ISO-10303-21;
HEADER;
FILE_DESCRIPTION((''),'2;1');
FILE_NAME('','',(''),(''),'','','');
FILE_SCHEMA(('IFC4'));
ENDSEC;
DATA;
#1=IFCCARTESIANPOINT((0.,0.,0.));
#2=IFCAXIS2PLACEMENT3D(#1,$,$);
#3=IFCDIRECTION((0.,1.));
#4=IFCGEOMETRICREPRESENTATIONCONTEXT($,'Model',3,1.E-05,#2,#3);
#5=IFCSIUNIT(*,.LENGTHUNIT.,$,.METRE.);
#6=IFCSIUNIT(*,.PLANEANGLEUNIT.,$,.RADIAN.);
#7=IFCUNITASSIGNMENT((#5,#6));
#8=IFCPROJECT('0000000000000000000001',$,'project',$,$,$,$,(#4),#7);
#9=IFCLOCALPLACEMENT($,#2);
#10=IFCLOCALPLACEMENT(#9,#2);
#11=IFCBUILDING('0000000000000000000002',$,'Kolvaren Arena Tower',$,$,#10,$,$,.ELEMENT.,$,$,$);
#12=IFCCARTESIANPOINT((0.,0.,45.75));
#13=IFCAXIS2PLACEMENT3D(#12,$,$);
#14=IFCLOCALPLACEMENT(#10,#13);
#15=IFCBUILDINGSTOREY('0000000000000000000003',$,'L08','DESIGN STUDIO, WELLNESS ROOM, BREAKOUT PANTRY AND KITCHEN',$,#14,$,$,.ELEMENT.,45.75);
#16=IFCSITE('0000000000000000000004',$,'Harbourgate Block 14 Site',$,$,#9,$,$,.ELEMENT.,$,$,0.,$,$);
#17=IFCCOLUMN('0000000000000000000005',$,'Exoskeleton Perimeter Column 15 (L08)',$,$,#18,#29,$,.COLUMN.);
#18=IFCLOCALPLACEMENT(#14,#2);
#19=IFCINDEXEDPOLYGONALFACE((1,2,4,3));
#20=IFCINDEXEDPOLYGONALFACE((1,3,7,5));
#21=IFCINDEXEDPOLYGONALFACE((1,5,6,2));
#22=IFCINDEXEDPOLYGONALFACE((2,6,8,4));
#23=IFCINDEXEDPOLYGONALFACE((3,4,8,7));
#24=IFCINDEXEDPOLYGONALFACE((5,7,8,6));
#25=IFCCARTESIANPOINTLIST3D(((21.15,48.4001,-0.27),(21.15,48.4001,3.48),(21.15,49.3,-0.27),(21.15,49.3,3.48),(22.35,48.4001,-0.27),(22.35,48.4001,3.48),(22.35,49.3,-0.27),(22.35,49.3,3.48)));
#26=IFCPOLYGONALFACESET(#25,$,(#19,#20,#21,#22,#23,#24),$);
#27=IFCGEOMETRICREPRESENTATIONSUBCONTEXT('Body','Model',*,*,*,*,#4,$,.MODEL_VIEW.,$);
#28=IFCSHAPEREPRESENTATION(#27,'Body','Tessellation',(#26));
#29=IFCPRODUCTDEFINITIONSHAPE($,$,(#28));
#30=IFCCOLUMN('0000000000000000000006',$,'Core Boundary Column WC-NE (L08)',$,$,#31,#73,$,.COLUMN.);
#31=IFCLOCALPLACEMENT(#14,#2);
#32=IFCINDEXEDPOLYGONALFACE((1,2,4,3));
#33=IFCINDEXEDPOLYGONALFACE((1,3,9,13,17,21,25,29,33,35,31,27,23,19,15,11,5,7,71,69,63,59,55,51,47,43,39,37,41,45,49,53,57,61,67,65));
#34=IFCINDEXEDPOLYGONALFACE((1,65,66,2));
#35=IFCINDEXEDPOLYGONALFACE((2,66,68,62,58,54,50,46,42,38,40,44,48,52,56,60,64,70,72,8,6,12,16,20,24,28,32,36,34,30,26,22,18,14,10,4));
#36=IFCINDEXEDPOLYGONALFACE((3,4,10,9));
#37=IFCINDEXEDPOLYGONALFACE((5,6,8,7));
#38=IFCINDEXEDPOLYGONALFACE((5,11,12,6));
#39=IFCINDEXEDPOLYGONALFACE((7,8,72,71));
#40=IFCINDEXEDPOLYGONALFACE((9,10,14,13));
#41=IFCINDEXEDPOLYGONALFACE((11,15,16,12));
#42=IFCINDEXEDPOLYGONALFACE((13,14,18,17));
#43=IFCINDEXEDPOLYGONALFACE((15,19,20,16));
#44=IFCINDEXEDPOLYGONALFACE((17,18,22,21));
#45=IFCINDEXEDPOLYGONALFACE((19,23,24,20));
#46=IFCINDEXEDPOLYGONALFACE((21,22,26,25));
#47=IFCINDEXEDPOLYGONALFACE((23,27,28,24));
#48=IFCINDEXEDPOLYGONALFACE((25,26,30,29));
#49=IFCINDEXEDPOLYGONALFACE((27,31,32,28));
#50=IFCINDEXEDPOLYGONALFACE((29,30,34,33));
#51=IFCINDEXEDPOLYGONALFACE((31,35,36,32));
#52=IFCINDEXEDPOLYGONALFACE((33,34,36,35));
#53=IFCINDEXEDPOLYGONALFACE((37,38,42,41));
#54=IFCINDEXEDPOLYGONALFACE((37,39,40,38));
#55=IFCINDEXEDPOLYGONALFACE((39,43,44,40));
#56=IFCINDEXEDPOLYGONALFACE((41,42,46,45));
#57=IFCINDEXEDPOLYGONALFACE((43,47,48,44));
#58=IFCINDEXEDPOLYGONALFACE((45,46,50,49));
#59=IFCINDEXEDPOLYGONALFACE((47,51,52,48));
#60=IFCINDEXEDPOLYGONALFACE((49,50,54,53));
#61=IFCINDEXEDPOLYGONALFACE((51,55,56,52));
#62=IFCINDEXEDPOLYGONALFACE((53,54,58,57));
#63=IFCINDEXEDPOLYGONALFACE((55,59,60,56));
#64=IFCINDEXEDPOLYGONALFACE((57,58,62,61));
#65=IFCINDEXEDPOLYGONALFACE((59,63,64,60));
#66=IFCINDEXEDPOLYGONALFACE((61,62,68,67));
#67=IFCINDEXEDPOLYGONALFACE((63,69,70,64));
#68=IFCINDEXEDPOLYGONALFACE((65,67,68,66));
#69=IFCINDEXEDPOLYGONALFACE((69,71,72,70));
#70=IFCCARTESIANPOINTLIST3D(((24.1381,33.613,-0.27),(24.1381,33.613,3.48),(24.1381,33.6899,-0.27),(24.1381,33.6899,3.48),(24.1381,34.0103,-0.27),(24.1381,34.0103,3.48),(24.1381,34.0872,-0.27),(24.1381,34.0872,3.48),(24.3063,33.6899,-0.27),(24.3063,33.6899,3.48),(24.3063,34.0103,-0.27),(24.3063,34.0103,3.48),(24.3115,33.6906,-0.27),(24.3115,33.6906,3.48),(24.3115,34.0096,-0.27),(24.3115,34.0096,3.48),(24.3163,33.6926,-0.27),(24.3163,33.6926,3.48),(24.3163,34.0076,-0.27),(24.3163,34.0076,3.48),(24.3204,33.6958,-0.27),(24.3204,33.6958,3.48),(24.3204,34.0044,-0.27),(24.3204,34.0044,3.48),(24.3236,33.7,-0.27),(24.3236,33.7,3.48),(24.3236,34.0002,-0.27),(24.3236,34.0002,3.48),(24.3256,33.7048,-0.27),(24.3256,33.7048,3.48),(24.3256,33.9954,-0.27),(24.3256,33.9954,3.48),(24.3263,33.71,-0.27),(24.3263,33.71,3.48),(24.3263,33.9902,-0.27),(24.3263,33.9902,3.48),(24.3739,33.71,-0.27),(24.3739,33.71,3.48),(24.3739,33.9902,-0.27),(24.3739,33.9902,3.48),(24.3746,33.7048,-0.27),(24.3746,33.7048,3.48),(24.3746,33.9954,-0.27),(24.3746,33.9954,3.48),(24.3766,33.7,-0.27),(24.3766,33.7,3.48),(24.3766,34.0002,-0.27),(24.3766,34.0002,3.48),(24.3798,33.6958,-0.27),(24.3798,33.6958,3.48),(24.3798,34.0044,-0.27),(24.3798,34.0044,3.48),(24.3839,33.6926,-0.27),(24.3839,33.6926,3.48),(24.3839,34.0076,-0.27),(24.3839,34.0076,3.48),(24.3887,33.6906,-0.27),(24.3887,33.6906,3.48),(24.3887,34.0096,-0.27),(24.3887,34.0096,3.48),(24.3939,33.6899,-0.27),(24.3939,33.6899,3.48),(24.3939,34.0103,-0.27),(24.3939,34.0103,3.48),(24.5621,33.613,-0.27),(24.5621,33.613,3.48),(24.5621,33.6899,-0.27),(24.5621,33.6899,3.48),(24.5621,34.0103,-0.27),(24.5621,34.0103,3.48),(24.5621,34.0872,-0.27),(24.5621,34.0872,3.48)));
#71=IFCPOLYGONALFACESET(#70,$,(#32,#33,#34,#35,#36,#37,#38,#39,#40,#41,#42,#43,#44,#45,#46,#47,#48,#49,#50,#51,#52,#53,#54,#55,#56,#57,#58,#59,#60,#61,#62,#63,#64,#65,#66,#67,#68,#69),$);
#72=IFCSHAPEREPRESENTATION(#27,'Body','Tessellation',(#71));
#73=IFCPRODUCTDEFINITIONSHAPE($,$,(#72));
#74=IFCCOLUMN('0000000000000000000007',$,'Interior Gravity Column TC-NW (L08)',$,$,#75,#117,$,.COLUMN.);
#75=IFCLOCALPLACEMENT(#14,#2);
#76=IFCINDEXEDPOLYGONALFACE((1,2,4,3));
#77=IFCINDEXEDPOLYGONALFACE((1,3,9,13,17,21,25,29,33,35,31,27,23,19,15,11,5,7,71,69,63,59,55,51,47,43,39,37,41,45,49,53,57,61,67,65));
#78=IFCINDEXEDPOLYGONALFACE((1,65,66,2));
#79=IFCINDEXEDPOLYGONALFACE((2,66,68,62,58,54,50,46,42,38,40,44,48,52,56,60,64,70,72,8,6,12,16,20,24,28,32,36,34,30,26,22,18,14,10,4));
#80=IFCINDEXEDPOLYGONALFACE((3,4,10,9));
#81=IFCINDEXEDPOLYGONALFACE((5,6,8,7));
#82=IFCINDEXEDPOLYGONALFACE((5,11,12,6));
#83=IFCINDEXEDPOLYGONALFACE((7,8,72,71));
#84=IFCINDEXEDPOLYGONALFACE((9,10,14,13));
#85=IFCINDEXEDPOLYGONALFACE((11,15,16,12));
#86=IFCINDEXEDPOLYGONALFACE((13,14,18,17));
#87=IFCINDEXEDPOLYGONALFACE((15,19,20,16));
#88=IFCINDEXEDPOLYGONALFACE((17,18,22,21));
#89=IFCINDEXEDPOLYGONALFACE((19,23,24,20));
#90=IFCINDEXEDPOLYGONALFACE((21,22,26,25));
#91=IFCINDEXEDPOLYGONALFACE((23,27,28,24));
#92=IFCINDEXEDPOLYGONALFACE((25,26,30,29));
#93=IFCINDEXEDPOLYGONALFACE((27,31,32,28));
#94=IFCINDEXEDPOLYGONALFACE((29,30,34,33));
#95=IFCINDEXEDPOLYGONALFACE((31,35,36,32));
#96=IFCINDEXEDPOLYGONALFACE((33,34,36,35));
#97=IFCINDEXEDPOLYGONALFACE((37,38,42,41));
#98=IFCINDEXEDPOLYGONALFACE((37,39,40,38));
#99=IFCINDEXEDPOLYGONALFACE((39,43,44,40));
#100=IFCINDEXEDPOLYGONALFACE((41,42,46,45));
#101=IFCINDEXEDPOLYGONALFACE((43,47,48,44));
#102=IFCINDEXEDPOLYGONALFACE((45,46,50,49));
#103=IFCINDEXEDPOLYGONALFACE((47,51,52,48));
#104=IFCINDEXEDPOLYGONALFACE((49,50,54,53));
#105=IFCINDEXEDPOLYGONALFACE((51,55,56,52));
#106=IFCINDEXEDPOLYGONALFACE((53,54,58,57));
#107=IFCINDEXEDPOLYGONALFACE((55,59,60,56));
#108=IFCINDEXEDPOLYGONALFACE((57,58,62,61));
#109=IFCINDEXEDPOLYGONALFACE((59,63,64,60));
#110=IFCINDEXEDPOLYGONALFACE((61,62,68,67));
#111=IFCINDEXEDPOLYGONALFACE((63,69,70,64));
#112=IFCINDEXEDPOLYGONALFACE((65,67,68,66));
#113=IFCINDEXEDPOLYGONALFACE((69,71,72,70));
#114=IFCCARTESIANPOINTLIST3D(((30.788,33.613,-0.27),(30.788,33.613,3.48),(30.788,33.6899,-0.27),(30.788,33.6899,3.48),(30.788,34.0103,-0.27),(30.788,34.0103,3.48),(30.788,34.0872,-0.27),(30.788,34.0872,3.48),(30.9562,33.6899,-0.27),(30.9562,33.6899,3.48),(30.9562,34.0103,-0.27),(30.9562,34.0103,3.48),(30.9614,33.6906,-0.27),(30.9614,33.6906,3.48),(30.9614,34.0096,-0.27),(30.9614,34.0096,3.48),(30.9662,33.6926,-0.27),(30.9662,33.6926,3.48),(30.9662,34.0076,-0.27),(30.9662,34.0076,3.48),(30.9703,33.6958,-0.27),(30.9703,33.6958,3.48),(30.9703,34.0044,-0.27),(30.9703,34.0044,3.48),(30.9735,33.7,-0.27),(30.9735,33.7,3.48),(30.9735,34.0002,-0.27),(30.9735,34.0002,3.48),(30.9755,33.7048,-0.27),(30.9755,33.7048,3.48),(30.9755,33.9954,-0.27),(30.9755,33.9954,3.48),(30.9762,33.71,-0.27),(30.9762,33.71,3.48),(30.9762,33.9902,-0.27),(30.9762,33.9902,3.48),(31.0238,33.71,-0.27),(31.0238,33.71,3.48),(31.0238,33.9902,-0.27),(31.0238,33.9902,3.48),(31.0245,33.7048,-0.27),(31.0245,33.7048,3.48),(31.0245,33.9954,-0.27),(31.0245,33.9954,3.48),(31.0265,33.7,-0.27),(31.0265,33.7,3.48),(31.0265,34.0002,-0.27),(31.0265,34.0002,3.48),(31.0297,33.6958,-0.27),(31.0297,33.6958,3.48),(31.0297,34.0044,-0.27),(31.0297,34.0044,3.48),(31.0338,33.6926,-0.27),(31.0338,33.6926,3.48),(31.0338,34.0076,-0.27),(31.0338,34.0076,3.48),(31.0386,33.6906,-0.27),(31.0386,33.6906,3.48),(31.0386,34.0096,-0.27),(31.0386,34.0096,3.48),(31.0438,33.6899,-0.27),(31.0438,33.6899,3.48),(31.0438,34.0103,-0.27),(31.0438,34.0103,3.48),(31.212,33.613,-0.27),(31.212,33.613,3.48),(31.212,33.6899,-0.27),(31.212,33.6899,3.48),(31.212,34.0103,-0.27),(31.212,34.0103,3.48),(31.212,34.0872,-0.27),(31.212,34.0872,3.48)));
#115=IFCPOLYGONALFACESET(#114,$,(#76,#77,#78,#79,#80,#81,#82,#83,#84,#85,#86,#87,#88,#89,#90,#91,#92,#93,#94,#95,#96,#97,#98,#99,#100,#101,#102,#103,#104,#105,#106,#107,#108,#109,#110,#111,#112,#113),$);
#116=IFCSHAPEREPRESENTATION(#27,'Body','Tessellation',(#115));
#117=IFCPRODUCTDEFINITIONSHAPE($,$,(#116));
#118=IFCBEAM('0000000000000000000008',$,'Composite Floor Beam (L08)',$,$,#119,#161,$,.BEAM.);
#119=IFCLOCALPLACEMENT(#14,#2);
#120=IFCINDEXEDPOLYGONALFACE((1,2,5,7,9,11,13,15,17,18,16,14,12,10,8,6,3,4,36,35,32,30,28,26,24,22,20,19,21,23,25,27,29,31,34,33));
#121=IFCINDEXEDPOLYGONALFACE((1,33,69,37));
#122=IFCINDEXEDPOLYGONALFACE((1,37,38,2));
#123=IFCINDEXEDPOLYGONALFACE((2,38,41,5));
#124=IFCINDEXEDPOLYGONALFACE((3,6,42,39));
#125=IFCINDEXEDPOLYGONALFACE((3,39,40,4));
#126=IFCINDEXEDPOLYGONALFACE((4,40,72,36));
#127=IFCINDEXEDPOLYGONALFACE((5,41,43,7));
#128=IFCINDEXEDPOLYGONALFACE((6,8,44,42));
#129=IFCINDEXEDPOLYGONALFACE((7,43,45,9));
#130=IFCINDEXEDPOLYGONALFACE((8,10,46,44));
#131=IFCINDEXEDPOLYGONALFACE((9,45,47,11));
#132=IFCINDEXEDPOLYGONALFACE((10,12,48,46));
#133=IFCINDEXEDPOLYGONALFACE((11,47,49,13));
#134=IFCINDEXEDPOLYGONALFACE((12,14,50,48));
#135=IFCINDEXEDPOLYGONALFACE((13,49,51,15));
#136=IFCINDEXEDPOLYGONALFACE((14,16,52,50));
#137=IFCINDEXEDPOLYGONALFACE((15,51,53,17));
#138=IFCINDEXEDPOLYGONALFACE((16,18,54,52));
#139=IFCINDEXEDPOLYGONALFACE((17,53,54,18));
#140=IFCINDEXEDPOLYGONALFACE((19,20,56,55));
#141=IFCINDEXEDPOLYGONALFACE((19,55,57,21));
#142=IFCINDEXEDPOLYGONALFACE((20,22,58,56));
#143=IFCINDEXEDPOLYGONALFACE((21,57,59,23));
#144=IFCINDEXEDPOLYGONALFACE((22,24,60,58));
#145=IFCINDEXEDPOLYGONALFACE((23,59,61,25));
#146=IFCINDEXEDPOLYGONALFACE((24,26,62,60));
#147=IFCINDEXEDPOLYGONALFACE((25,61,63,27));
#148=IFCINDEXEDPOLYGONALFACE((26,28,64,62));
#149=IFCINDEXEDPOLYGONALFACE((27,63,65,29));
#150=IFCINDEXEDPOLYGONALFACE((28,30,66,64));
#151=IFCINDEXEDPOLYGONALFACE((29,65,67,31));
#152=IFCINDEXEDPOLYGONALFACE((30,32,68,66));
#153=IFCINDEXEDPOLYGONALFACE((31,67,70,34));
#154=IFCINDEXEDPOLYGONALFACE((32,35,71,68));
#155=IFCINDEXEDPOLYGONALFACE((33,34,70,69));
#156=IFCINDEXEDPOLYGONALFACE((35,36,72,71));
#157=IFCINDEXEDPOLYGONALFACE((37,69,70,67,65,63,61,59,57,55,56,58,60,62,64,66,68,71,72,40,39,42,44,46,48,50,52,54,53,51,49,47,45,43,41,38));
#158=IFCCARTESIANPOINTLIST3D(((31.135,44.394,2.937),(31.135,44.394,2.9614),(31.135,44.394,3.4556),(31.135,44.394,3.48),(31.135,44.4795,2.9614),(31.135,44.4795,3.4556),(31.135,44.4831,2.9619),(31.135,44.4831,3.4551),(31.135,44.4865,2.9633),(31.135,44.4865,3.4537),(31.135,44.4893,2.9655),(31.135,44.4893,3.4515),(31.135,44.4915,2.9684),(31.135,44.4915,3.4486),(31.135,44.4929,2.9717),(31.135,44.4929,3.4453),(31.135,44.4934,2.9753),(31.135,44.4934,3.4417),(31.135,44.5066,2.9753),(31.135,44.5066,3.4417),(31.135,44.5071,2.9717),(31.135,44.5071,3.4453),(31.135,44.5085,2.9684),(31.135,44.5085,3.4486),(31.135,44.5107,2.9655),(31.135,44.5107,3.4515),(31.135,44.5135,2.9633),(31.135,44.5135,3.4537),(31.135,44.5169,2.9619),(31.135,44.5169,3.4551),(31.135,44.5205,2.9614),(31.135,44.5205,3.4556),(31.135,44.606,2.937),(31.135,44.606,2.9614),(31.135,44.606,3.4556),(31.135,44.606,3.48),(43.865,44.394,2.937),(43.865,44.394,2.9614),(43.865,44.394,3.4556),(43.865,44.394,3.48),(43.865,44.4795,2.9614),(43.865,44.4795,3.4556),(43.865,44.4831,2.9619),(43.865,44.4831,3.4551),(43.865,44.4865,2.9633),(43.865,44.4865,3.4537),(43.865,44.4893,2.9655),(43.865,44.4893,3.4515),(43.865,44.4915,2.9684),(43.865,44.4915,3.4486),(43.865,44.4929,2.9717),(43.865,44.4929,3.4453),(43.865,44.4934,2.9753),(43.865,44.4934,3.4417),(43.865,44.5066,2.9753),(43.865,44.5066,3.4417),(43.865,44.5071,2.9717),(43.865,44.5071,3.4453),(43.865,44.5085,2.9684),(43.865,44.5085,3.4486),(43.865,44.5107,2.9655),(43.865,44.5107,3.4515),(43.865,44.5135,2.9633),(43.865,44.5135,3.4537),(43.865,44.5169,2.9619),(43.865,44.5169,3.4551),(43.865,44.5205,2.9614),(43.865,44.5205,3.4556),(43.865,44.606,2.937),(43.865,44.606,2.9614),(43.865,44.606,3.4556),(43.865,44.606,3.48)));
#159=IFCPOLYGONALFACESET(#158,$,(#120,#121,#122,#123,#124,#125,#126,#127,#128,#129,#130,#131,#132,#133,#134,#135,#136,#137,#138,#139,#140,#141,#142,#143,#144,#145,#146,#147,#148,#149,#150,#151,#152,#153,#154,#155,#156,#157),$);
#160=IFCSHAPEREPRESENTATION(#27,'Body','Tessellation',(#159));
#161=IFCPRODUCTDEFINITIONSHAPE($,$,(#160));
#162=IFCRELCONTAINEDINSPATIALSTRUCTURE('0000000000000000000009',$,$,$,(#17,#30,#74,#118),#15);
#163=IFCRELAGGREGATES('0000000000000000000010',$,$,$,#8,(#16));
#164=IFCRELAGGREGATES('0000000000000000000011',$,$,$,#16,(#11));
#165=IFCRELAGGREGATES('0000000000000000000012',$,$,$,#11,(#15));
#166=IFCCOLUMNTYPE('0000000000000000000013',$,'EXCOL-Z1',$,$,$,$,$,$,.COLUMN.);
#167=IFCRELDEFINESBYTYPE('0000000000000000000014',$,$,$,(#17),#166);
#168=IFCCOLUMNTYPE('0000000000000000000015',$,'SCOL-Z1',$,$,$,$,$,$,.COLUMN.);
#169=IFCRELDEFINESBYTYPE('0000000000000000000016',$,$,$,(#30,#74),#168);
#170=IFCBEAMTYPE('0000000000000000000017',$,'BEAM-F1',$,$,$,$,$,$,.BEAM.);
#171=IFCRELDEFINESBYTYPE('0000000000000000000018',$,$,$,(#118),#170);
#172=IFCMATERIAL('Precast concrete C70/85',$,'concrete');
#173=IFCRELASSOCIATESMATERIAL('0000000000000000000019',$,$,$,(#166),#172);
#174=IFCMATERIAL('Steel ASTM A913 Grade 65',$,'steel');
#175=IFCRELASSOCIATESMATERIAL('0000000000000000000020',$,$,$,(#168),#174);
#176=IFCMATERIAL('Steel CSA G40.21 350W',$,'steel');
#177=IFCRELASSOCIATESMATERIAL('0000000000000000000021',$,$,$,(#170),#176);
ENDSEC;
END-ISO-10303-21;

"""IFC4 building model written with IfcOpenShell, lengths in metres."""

from ifc_helpers import new_model, si_unit, direction, frame, origin, origin_2d, place, context, subcontext, project, spatial, rectangle, i_section, extrude, material, material_profile, profile_set, type_object, element, save


model = new_model("IFC4")

# Units and contexts
model_context = context("Model", 3, precision=1e-05, world=origin(), true_north=direction((0.0, 1.0)))
body_context = subcontext(model_context, "Body", "Model", "MODEL_VIEW")
ifc_project = project(units=[si_unit("LENGTHUNIT", "METRE"), si_unit("PLANEANGLEUNIT", "RADIAN")], contexts=[model_context])

# Site, building, storey
site_placement = place(None, origin())
site = spatial("IfcSite", under=ifc_project, at=site_placement, Name="Harbourgate Block 14 Site", CompositionType="ELEMENT", RefElevation=0.0)
building_placement = place(site_placement, origin())
building = spatial("IfcBuilding", under=site, at=building_placement, Name="Kolvaren Arena Tower", CompositionType="ELEMENT")
storey_placement = place(building_placement, frame((0.0, 0.0, 45.75)))
storey = spatial("IfcBuildingStorey", under=building, at=storey_placement, Name="L08", Description="DESIGN STUDIO, WELLNESS ROOM, BREAKOUT PANTRY AND KITCHEN", CompositionType="ELEMENT", Elevation=45.75)

# Columns
ifc_material_1 = material(Name="Precast concrete C70/85", Category="concrete")
ifc_material_profile_1 = material_profile(ifc_material_1, rectangle(XDim=1.2, YDim=0.8999, at=origin_2d()), Name="RC-1200x900")
ifc_profile_set_1 = profile_set([ifc_material_profile_1], Name="Precast concrete C70/85")
column_type_1 = type_object("IfcColumnType", Name="EXCOL-Z1", PredefinedType="COLUMN", material=ifc_profile_set_1)
column_placement = place(storey_placement, frame((21.75, 48.8501, -0.27), z_axis=(0.0, 0.0, 1.0), x_axis=(1.0, 0.0, 0.0)))
element("IfcColumn", 1, at=column_placement, inside=storey, type_object=column_type_1, Name="Exoskeleton Perimeter Column 15 (L08)", PredefinedType="COLUMN", context=body_context, shape_type="SweptSolid", body=[
    extrude(rectangle(XDim=1.2, YDim=0.8999, at=origin_2d()), origin(), (0.0, 0.0, 1.0), 3.75),
])
ifc_material_2 = material(Name="Steel ASTM A913 Grade 65", Category="steel")
ifc_material_profile_2 = material_profile(ifc_material_2, i_section(OverallWidth=0.4241, OverallDepth=0.4741, WebThickness=0.0476, FlangeThickness=0.0769, FilletRadius=0.02, at=origin_2d()), Name="W360x634")
ifc_profile_set_2 = profile_set([ifc_material_profile_2], Name="Steel ASTM A913 Grade 65")
column_type_2 = type_object("IfcColumnType", Name="SCOL-Z1", PredefinedType="COLUMN", material=ifc_profile_set_2)
for number, where, z_axis, x_axis, name in (
    (2, (24.3501, 33.8501, -0.27), (0.0, 0.0, 1.0), (1.0, 0.0, 0.0), "Core Boundary Column WC-NE (L08)"),
    (3, (31.0, 33.8501, -0.27), (0.0, 0.0, 1.0), (1.0, 0.0, 0.0), "Interior Gravity Column TC-NW (L08)"),
):
    element("IfcColumn", number, at=place(storey_placement, frame(where, z_axis=z_axis, x_axis=x_axis)), inside=storey, type_object=column_type_2, Name=name, PredefinedType="COLUMN", context=body_context, shape_type="SweptSolid", body=[
        extrude(i_section(OverallWidth=0.4241, OverallDepth=0.4741, WebThickness=0.0476, FlangeThickness=0.0769, FilletRadius=0.02, at=origin_2d()), origin(), (0.0, 0.0, 1.0), 3.75),
    ])

# Beam
ifc_material_3 = material(Name="Steel CSA G40.21 350W", Category="steel")
ifc_material_profile_3 = material_profile(ifc_material_3, i_section(OverallWidth=0.2119, OverallDepth=0.543, WebThickness=0.0132, FlangeThickness=0.0244, FilletRadius=0.0139, at=origin_2d()), Name="W530x150")
ifc_profile_set_3 = profile_set([ifc_material_profile_3], Name="Steel CSA G40.21 350W")
beam_type_1 = type_object("IfcBeamType", Name="BEAM-F1", PredefinedType="BEAM", material=ifc_profile_set_3)
beam_1_placement = place(storey_placement, frame((31.135, 44.5, 3.2085), z_axis=(1.0, 0.0, 0.0), x_axis=(0.0, 1.0, 0.0)))
element("IfcBeam", 4, at=beam_1_placement, inside=storey, type_object=beam_type_1, Name="Composite Floor Beam (L08)", PredefinedType="BEAM", context=body_context, shape_type="SweptSolid", body=[
    extrude(i_section(OverallWidth=0.2119, OverallDepth=0.543, WebThickness=0.0132, FlangeThickness=0.0244, FilletRadius=0.0139, at=origin_2d()), origin(), (0.0, 0.0, 1.0), 12.73),
])

save(model, "model.ifc")
